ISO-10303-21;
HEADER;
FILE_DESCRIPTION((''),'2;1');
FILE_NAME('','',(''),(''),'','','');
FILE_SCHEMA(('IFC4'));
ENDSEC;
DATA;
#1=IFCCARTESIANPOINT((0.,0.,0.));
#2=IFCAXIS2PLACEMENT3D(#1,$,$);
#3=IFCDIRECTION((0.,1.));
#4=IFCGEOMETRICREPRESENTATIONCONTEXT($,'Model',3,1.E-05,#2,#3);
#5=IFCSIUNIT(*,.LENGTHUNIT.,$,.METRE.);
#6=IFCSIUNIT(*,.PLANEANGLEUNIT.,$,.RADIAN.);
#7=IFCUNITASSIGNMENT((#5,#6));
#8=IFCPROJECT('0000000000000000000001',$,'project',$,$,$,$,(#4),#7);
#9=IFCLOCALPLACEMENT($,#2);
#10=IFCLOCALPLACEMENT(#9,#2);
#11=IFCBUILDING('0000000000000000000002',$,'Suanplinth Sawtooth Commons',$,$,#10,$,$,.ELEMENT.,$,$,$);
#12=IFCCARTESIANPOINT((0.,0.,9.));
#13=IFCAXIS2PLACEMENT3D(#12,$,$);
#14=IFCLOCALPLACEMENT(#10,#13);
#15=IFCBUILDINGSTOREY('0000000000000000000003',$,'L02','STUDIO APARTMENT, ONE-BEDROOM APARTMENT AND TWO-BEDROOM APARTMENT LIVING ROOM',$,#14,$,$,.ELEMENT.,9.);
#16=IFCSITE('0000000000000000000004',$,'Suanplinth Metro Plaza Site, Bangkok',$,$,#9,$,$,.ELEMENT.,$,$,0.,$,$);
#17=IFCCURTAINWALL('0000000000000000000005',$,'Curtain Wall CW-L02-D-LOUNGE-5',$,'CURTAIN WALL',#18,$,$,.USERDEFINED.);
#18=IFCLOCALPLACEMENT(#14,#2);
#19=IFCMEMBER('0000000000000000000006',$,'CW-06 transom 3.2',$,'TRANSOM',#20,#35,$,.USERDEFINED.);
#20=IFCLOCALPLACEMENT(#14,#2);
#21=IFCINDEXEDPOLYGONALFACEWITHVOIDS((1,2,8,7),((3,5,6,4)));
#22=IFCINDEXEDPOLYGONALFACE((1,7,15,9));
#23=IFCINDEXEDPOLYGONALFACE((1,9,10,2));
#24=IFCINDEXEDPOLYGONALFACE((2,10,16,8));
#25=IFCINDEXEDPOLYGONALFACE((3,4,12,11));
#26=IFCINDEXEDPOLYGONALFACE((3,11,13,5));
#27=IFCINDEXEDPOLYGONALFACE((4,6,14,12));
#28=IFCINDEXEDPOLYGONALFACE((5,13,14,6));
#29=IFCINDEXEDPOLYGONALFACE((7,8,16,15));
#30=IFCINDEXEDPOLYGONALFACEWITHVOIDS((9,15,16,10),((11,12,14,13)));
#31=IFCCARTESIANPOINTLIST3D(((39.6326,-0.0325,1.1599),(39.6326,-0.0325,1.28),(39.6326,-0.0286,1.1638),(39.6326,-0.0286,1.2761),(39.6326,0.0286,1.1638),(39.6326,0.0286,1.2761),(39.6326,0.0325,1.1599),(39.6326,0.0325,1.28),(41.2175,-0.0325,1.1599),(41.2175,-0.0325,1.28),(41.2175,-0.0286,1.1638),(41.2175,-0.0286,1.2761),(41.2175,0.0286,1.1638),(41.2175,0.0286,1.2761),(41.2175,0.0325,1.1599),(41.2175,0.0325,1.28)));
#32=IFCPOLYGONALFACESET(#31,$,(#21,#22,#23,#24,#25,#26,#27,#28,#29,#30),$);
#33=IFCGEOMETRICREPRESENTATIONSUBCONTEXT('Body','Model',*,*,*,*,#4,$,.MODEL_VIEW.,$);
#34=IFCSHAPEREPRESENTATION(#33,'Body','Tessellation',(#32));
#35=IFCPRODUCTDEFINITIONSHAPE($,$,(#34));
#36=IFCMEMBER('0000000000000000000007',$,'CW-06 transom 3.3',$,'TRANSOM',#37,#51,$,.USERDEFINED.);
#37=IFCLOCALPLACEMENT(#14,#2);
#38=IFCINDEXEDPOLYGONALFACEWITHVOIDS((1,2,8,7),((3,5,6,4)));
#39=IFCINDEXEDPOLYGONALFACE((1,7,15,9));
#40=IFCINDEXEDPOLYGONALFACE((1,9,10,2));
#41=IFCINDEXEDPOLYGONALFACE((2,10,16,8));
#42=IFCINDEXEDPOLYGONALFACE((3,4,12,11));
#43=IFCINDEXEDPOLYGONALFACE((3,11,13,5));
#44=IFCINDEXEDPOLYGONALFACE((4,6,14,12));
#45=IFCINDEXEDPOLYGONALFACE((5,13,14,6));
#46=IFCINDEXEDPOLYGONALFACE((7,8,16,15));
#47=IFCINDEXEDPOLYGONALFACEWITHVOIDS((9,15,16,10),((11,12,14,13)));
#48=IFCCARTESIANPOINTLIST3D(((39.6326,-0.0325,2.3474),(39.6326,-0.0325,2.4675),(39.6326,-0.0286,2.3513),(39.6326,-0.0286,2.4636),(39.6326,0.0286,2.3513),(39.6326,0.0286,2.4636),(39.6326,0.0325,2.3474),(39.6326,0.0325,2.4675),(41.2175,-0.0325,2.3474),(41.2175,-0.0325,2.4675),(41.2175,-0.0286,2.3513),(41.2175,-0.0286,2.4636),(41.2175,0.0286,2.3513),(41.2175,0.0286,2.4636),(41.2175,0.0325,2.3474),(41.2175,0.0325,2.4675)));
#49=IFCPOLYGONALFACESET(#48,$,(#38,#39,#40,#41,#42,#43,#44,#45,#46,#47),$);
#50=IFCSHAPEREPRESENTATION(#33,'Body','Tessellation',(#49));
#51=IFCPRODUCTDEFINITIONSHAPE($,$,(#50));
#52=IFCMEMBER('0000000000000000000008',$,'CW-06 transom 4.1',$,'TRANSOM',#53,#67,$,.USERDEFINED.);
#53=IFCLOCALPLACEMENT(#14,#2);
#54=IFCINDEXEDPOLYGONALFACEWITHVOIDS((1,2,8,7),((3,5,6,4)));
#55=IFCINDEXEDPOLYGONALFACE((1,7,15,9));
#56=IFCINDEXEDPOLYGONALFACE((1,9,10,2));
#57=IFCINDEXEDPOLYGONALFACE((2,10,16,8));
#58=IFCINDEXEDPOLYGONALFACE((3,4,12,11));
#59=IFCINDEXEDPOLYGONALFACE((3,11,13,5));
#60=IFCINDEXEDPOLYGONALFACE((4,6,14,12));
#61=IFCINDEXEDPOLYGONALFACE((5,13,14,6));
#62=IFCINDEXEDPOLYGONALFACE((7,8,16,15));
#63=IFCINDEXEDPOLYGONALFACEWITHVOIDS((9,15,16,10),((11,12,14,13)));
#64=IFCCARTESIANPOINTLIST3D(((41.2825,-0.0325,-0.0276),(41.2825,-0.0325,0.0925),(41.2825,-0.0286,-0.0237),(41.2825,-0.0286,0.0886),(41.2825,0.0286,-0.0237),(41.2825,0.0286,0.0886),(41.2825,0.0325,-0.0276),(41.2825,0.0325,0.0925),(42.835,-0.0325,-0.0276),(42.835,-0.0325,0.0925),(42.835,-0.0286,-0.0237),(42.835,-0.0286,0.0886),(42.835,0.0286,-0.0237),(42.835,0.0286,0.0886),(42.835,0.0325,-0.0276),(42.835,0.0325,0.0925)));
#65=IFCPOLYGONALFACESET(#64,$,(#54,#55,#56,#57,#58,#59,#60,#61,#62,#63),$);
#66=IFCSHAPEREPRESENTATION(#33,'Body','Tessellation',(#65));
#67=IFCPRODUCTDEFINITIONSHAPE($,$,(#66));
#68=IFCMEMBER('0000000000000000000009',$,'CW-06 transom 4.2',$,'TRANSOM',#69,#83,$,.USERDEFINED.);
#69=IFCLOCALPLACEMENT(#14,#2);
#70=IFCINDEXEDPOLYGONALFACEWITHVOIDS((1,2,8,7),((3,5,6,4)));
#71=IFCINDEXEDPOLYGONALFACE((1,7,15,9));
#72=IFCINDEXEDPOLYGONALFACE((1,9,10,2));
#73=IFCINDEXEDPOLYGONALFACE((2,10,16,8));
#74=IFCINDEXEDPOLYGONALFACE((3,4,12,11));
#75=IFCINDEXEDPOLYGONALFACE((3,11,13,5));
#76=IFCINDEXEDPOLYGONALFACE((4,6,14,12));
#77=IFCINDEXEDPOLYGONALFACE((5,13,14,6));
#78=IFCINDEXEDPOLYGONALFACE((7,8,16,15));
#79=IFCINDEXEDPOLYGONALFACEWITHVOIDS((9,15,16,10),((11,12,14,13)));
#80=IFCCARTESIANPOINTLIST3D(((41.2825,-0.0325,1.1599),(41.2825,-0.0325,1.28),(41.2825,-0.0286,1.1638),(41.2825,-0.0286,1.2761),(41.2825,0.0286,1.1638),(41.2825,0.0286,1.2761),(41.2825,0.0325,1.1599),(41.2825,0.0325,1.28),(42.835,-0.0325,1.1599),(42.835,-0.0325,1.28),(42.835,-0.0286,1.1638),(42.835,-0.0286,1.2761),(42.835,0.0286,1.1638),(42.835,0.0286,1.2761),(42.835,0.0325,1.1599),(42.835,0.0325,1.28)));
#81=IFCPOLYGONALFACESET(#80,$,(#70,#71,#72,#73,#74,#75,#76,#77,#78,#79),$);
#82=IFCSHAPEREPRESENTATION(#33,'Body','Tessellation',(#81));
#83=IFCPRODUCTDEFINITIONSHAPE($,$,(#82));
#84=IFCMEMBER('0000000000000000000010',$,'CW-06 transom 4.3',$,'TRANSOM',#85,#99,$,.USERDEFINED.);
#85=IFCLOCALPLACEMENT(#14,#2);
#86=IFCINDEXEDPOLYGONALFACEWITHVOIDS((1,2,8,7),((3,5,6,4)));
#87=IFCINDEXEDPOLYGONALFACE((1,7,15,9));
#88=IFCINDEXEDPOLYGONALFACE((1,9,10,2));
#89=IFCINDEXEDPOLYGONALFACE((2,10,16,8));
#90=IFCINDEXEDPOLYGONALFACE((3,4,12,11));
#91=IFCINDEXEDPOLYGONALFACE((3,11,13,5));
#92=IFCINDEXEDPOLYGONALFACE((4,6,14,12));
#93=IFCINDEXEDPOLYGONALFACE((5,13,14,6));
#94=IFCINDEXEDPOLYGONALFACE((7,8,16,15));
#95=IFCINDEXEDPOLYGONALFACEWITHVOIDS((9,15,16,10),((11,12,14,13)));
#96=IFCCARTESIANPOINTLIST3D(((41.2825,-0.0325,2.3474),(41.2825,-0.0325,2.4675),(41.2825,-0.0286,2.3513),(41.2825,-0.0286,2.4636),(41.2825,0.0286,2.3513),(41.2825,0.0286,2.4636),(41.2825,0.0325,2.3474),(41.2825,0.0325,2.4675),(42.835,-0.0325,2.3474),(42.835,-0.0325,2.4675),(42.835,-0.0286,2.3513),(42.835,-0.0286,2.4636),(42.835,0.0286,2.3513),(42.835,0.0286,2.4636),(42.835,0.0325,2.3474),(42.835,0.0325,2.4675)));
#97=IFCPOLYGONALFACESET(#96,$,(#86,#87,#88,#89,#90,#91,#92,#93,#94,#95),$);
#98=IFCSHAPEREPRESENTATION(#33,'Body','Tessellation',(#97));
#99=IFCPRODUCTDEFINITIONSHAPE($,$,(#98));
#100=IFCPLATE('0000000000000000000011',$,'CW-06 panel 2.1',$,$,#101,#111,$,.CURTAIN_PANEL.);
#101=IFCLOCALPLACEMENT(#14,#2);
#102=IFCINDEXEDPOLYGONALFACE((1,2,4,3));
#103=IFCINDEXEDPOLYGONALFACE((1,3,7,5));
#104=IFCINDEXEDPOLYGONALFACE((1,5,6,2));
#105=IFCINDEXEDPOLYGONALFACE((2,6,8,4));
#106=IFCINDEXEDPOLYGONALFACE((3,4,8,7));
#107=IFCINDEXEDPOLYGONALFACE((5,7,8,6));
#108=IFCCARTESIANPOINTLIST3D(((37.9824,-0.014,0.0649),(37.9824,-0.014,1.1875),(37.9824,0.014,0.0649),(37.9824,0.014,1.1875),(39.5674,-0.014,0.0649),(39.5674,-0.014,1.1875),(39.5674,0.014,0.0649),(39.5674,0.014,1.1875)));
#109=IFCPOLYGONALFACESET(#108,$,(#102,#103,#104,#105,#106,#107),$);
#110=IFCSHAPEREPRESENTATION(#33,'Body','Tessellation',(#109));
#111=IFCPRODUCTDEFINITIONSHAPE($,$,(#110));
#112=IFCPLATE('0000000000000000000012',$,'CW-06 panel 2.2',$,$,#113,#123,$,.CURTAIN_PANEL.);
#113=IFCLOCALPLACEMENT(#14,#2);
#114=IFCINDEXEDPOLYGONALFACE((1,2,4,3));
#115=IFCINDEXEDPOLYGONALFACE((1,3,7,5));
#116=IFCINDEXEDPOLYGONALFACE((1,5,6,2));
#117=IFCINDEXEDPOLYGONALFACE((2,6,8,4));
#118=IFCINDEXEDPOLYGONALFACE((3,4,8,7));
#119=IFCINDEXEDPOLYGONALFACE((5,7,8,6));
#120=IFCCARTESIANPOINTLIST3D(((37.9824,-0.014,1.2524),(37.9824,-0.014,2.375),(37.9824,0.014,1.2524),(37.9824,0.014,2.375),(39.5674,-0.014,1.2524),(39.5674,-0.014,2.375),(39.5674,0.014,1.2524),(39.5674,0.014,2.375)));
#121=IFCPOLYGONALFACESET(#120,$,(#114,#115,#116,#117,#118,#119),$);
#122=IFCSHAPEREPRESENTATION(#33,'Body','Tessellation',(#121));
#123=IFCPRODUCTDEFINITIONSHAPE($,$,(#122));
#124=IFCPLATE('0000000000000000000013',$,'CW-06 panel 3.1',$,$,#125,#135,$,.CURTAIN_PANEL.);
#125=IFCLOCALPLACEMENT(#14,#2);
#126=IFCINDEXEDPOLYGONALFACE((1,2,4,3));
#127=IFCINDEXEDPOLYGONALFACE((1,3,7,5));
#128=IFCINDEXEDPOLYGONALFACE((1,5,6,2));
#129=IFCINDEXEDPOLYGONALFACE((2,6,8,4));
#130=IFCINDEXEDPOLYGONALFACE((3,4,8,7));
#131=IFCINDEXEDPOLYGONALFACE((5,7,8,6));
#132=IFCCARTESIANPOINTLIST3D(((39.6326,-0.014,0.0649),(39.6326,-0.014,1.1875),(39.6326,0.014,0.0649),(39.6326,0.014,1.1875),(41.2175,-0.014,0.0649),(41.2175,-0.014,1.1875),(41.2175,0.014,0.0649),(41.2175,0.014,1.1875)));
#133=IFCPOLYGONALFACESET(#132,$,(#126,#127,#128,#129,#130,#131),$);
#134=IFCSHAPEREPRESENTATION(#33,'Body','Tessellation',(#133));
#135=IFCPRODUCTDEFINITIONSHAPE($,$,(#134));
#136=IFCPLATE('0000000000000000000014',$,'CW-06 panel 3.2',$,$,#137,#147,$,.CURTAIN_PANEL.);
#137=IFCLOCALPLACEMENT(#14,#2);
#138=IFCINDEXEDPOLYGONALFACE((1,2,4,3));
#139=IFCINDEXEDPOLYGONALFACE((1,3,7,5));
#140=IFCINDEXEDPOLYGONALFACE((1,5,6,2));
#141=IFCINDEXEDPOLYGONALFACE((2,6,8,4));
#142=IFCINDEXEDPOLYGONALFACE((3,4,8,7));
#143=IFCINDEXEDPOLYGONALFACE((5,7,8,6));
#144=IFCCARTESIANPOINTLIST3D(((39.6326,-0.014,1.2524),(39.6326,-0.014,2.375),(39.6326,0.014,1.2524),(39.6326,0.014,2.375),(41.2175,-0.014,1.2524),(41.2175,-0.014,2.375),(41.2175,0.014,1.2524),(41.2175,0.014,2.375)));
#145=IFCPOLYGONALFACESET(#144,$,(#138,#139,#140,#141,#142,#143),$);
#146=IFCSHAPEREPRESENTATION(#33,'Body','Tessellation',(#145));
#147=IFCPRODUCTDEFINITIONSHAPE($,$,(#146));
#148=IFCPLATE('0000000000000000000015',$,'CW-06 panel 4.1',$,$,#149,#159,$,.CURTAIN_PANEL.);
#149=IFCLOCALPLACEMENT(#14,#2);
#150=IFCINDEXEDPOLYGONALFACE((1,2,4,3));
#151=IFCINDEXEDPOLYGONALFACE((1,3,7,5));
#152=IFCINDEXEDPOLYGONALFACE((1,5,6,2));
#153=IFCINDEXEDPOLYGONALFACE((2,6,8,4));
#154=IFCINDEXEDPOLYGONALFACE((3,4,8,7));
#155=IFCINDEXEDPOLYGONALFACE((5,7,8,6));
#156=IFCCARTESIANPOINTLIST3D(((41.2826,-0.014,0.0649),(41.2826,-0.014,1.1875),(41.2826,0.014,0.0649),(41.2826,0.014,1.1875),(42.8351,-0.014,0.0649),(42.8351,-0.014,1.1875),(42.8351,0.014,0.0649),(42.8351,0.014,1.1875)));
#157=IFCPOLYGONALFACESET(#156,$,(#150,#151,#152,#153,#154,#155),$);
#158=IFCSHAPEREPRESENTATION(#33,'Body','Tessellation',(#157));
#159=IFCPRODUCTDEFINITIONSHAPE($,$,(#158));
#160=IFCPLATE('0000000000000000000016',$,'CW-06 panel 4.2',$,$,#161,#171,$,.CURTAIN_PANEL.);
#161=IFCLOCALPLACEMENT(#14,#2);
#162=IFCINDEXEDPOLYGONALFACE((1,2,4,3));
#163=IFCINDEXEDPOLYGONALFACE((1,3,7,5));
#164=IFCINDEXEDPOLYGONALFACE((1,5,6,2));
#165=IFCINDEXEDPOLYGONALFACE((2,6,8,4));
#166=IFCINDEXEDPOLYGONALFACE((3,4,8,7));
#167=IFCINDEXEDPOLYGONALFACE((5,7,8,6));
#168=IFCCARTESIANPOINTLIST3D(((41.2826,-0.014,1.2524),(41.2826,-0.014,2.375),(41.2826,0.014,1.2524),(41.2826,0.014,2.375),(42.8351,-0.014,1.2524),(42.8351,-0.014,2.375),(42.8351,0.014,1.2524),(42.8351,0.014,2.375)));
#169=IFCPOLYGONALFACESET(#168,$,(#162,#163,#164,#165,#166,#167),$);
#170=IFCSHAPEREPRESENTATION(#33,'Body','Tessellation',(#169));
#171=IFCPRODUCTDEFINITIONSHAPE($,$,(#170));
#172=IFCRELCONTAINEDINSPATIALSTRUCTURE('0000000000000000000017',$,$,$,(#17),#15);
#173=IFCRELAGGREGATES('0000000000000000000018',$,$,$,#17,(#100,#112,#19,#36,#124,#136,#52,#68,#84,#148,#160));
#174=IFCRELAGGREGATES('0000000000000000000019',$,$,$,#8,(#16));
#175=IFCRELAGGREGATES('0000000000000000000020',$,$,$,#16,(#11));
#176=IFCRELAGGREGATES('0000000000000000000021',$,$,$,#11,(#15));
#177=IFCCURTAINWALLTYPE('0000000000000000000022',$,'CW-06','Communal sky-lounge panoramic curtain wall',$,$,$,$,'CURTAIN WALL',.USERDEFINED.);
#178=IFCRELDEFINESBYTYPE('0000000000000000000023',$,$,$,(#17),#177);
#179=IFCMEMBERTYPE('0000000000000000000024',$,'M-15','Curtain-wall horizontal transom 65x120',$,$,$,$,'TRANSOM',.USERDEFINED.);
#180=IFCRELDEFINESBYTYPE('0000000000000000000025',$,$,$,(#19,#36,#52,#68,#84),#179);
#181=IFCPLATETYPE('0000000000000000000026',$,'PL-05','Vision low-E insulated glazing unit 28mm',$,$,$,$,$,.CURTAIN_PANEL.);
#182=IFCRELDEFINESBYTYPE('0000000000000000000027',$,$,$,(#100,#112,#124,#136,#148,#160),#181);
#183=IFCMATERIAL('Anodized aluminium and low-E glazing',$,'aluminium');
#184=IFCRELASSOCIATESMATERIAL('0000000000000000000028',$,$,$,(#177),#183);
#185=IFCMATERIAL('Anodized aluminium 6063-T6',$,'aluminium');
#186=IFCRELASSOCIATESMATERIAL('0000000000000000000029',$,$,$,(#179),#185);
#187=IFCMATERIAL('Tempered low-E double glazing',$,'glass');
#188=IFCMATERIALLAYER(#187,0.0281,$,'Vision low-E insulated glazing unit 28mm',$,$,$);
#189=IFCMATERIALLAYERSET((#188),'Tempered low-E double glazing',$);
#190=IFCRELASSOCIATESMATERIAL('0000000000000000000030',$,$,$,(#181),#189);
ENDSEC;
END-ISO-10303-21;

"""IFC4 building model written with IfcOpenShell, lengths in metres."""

from ifc_helpers import new_model, si_unit, direction, frame, origin, origin_2d, place, context, subcontext, project, spatial, rectangle, hollow_rectangle, extrude, material, layer, layer_set, material_profile, profile_set, type_object, element, aggregate, save


model = new_model("IFC4")

# Units and contexts
model_context = context("Model", 3, precision=1e-05, world=origin(), true_north=direction((0.0, 1.0)))
body_context = subcontext(model_context, "Body", "Model", "MODEL_VIEW")
ifc_project = project(units=[si_unit("LENGTHUNIT", "METRE"), si_unit("PLANEANGLEUNIT", "RADIAN")], contexts=[model_context])

# Site, building, storey
site_placement = place(None, origin())
site = spatial("IfcSite", under=ifc_project, at=site_placement, Name="Suanplinth Metro Plaza Site, Bangkok", CompositionType="ELEMENT", RefElevation=0.0)
building_placement = place(site_placement, origin())
building = spatial("IfcBuilding", under=site, at=building_placement, Name="Suanplinth Sawtooth Commons", CompositionType="ELEMENT")
storey_placement = place(building_placement, frame((0.0, 0.0, 9.0)))
storey = spatial("IfcBuildingStorey", under=building, at=storey_placement, Name="L02", Description="STUDIO APARTMENT, ONE-BEDROOM APARTMENT AND TWO-BEDROOM APARTMENT LIVING ROOM", CompositionType="ELEMENT", Elevation=9.0)

# Curtain wall, members, plates
ifc_material_1 = material(Name="Anodized aluminium and low-E glazing", Category="aluminium")
curtain_wall_type = type_object("IfcCurtainWallType", Name="CW-06", Description="Communal sky-lounge panoramic curtain wall", ElementType="CURTAIN WALL", PredefinedType="USERDEFINED", material=ifc_material_1)
curtain_wall_placement = place(storey_placement, origin())
curtain_wall = element("IfcCurtainWall", 1, at=curtain_wall_placement, inside=storey, type_object=curtain_wall_type, Name="Curtain Wall CW-L02-D-LOUNGE-5", ObjectType="CURTAIN WALL", PredefinedType="USERDEFINED")
ifc_material_2 = material(Name="Anodized aluminium 6063-T6", Category="aluminium")
ifc_material_profile_1 = material_profile(ifc_material_2, hollow_rectangle(XDim=0.0649, YDim=0.1201, WallThickness=0.0039, at=origin_2d()), Name="ALU-TRN 65x120")
ifc_profile_set_1 = profile_set([ifc_material_profile_1], Name="Anodized aluminium 6063-T6")
member_type_1 = type_object("IfcMemberType", Name="M-15", Description="Curtain-wall horizontal transom 65x120", ElementType="TRANSOM", PredefinedType="USERDEFINED", material=ifc_profile_set_1)
member_1_placement = place(storey_placement, frame((39.6326, 0.0, 1.22), z_axis=(1.0, 0.0, 0.0), x_axis=(0.0, 1.0, 0.0)))
member_1 = element("IfcMember", 2, at=member_1_placement, type_object=member_type_1, Name="CW-06 transom 3.2", ObjectType="TRANSOM", PredefinedType="USERDEFINED", context=body_context, shape_type="SweptSolid", body=[
    extrude(hollow_rectangle(XDim=0.0649, YDim=0.1201, WallThickness=0.0039, at=origin_2d()), origin(), (0.0, 0.0, 1.0), 1.585),
])
member_2_placement = place(storey_placement, frame((39.6326, 0.0, 2.4075), z_axis=(1.0, 0.0, 0.0), x_axis=(0.0, 1.0, 0.0)))
member_2 = element("IfcMember", 3, at=member_2_placement, type_object=member_type_1, Name="CW-06 transom 3.3", ObjectType="TRANSOM", PredefinedType="USERDEFINED", context=body_context, shape_type="SweptSolid", body=[
    extrude(hollow_rectangle(XDim=0.0649, YDim=0.1201, WallThickness=0.0039, at=origin_2d()), origin(), (0.0, 0.0, 1.0), 1.585),
])
member_3_placement = place(storey_placement, frame((41.2825, 0.0, 0.0325), z_axis=(1.0, 0.0, 0.0), x_axis=(0.0, 1.0, 0.0)))
member_3 = element("IfcMember", 4, at=member_3_placement, type_object=member_type_1, Name="CW-06 transom 4.1", ObjectType="TRANSOM", PredefinedType="USERDEFINED", context=body_context, shape_type="SweptSolid", body=[
    extrude(hollow_rectangle(XDim=0.0649, YDim=0.1201, WallThickness=0.0039, at=origin_2d()), origin(), (0.0, 0.0, 1.0), 1.5525),
])
member_4_placement = place(storey_placement, frame((41.2825, 0.0, 1.22), z_axis=(1.0, 0.0, 0.0), x_axis=(0.0, 1.0, 0.0)))
member_4 = element("IfcMember", 5, at=member_4_placement, type_object=member_type_1, Name="CW-06 transom 4.2", ObjectType="TRANSOM", PredefinedType="USERDEFINED", context=body_context, shape_type="SweptSolid", body=[
    extrude(hollow_rectangle(XDim=0.0649, YDim=0.1201, WallThickness=0.0039, at=origin_2d()), origin(), (0.0, 0.0, 1.0), 1.5525),
])
member_5_placement = place(storey_placement, frame((41.2825, 0.0, 2.4075), z_axis=(1.0, 0.0, 0.0), x_axis=(0.0, 1.0, 0.0)))
member_5 = element("IfcMember", 6, at=member_5_placement, type_object=member_type_1, Name="CW-06 transom 4.3", ObjectType="TRANSOM", PredefinedType="USERDEFINED", context=body_context, shape_type="SweptSolid", body=[
    extrude(hollow_rectangle(XDim=0.0649, YDim=0.1201, WallThickness=0.0039, at=origin_2d()), origin(), (0.0, 0.0, 1.0), 1.5525),
])
ifc_material_3 = material(Name="Tempered low-E double glazing", Category="glass")
ifc_layer_1 = layer(ifc_material_3, 0.0281, Name="Vision low-E insulated glazing unit 28mm")
ifc_layer_set_1 = layer_set([ifc_layer_1], Name="Tempered low-E double glazing")
plate_type = type_object("IfcPlateType", Name="PL-05", Description="Vision low-E insulated glazing unit 28mm", PredefinedType="CURTAIN_PANEL", material=ifc_layer_set_1)
plate_1_placement = place(storey_placement, frame((38.7749, 0.0, 0.0649), z_axis=(0.0, 0.0, 1.0), x_axis=(1.0, 0.0, 0.0)))
plate_1 = element("IfcPlate", 7, at=plate_1_placement, type_object=plate_type, Name="CW-06 panel 2.1", PredefinedType="CURTAIN_PANEL", context=body_context, shape_type="SweptSolid", body=[
    extrude(rectangle(XDim=1.585, YDim=0.0281, at=origin_2d()), origin(), (0.0, 0.0, 1.0), 1.1226),
])
plate_2_placement = place(storey_placement, frame((38.7749, 0.0, 1.2524), z_axis=(0.0, 0.0, 1.0), x_axis=(1.0, 0.0, 0.0)))
plate_2 = element("IfcPlate", 8, at=plate_2_placement, type_object=plate_type, Name="CW-06 panel 2.2", PredefinedType="CURTAIN_PANEL", context=body_context, shape_type="SweptSolid", body=[
    extrude(rectangle(XDim=1.585, YDim=0.0281, at=origin_2d()), origin(), (0.0, 0.0, 1.0), 1.1226),
])
plate_3_placement = place(storey_placement, frame((40.425, 0.0, 0.0649), z_axis=(0.0, 0.0, 1.0), x_axis=(1.0, 0.0, 0.0)))
plate_3 = element("IfcPlate", 9, at=plate_3_placement, type_object=plate_type, Name="CW-06 panel 3.1", PredefinedType="CURTAIN_PANEL", context=body_context, shape_type="SweptSolid", body=[
    extrude(rectangle(XDim=1.585, YDim=0.0281, at=origin_2d()), origin(), (0.0, 0.0, 1.0), 1.1226),
])
plate_4_placement = place(storey_placement, frame((40.425, 0.0, 1.2524), z_axis=(0.0, 0.0, 1.0), x_axis=(1.0, 0.0, 0.0)))
plate_4 = element("IfcPlate", 10, at=plate_4_placement, type_object=plate_type, Name="CW-06 panel 3.2", PredefinedType="CURTAIN_PANEL", context=body_context, shape_type="SweptSolid", body=[
    extrude(rectangle(XDim=1.585, YDim=0.0281, at=origin_2d()), origin(), (0.0, 0.0, 1.0), 1.1226),
])
plate_5_placement = place(storey_placement, frame((42.0588, 0.0, 0.0649), z_axis=(0.0, 0.0, 1.0), x_axis=(1.0, 0.0, 0.0)))
plate_5 = element("IfcPlate", 11, at=plate_5_placement, type_object=plate_type, Name="CW-06 panel 4.1", PredefinedType="CURTAIN_PANEL", context=body_context, shape_type="SweptSolid", body=[
    extrude(rectangle(XDim=1.5525, YDim=0.0281, at=origin_2d()), origin(), (0.0, 0.0, 1.0), 1.1226),
])
plate_6_placement = place(storey_placement, frame((42.0588, 0.0, 1.2524), z_axis=(0.0, 0.0, 1.0), x_axis=(1.0, 0.0, 0.0)))
plate_6 = element("IfcPlate", 12, at=plate_6_placement, type_object=plate_type, Name="CW-06 panel 4.2", PredefinedType="CURTAIN_PANEL", context=body_context, shape_type="SweptSolid", body=[
    extrude(rectangle(XDim=1.5525, YDim=0.0281, at=origin_2d()), origin(), (0.0, 0.0, 1.0), 1.1226),
])
aggregate(curtain_wall, [plate_1, plate_2, member_1, member_2, plate_3, plate_4, member_3, member_4, member_5, plate_5, plate_6])

save(model, "model.ifc")
